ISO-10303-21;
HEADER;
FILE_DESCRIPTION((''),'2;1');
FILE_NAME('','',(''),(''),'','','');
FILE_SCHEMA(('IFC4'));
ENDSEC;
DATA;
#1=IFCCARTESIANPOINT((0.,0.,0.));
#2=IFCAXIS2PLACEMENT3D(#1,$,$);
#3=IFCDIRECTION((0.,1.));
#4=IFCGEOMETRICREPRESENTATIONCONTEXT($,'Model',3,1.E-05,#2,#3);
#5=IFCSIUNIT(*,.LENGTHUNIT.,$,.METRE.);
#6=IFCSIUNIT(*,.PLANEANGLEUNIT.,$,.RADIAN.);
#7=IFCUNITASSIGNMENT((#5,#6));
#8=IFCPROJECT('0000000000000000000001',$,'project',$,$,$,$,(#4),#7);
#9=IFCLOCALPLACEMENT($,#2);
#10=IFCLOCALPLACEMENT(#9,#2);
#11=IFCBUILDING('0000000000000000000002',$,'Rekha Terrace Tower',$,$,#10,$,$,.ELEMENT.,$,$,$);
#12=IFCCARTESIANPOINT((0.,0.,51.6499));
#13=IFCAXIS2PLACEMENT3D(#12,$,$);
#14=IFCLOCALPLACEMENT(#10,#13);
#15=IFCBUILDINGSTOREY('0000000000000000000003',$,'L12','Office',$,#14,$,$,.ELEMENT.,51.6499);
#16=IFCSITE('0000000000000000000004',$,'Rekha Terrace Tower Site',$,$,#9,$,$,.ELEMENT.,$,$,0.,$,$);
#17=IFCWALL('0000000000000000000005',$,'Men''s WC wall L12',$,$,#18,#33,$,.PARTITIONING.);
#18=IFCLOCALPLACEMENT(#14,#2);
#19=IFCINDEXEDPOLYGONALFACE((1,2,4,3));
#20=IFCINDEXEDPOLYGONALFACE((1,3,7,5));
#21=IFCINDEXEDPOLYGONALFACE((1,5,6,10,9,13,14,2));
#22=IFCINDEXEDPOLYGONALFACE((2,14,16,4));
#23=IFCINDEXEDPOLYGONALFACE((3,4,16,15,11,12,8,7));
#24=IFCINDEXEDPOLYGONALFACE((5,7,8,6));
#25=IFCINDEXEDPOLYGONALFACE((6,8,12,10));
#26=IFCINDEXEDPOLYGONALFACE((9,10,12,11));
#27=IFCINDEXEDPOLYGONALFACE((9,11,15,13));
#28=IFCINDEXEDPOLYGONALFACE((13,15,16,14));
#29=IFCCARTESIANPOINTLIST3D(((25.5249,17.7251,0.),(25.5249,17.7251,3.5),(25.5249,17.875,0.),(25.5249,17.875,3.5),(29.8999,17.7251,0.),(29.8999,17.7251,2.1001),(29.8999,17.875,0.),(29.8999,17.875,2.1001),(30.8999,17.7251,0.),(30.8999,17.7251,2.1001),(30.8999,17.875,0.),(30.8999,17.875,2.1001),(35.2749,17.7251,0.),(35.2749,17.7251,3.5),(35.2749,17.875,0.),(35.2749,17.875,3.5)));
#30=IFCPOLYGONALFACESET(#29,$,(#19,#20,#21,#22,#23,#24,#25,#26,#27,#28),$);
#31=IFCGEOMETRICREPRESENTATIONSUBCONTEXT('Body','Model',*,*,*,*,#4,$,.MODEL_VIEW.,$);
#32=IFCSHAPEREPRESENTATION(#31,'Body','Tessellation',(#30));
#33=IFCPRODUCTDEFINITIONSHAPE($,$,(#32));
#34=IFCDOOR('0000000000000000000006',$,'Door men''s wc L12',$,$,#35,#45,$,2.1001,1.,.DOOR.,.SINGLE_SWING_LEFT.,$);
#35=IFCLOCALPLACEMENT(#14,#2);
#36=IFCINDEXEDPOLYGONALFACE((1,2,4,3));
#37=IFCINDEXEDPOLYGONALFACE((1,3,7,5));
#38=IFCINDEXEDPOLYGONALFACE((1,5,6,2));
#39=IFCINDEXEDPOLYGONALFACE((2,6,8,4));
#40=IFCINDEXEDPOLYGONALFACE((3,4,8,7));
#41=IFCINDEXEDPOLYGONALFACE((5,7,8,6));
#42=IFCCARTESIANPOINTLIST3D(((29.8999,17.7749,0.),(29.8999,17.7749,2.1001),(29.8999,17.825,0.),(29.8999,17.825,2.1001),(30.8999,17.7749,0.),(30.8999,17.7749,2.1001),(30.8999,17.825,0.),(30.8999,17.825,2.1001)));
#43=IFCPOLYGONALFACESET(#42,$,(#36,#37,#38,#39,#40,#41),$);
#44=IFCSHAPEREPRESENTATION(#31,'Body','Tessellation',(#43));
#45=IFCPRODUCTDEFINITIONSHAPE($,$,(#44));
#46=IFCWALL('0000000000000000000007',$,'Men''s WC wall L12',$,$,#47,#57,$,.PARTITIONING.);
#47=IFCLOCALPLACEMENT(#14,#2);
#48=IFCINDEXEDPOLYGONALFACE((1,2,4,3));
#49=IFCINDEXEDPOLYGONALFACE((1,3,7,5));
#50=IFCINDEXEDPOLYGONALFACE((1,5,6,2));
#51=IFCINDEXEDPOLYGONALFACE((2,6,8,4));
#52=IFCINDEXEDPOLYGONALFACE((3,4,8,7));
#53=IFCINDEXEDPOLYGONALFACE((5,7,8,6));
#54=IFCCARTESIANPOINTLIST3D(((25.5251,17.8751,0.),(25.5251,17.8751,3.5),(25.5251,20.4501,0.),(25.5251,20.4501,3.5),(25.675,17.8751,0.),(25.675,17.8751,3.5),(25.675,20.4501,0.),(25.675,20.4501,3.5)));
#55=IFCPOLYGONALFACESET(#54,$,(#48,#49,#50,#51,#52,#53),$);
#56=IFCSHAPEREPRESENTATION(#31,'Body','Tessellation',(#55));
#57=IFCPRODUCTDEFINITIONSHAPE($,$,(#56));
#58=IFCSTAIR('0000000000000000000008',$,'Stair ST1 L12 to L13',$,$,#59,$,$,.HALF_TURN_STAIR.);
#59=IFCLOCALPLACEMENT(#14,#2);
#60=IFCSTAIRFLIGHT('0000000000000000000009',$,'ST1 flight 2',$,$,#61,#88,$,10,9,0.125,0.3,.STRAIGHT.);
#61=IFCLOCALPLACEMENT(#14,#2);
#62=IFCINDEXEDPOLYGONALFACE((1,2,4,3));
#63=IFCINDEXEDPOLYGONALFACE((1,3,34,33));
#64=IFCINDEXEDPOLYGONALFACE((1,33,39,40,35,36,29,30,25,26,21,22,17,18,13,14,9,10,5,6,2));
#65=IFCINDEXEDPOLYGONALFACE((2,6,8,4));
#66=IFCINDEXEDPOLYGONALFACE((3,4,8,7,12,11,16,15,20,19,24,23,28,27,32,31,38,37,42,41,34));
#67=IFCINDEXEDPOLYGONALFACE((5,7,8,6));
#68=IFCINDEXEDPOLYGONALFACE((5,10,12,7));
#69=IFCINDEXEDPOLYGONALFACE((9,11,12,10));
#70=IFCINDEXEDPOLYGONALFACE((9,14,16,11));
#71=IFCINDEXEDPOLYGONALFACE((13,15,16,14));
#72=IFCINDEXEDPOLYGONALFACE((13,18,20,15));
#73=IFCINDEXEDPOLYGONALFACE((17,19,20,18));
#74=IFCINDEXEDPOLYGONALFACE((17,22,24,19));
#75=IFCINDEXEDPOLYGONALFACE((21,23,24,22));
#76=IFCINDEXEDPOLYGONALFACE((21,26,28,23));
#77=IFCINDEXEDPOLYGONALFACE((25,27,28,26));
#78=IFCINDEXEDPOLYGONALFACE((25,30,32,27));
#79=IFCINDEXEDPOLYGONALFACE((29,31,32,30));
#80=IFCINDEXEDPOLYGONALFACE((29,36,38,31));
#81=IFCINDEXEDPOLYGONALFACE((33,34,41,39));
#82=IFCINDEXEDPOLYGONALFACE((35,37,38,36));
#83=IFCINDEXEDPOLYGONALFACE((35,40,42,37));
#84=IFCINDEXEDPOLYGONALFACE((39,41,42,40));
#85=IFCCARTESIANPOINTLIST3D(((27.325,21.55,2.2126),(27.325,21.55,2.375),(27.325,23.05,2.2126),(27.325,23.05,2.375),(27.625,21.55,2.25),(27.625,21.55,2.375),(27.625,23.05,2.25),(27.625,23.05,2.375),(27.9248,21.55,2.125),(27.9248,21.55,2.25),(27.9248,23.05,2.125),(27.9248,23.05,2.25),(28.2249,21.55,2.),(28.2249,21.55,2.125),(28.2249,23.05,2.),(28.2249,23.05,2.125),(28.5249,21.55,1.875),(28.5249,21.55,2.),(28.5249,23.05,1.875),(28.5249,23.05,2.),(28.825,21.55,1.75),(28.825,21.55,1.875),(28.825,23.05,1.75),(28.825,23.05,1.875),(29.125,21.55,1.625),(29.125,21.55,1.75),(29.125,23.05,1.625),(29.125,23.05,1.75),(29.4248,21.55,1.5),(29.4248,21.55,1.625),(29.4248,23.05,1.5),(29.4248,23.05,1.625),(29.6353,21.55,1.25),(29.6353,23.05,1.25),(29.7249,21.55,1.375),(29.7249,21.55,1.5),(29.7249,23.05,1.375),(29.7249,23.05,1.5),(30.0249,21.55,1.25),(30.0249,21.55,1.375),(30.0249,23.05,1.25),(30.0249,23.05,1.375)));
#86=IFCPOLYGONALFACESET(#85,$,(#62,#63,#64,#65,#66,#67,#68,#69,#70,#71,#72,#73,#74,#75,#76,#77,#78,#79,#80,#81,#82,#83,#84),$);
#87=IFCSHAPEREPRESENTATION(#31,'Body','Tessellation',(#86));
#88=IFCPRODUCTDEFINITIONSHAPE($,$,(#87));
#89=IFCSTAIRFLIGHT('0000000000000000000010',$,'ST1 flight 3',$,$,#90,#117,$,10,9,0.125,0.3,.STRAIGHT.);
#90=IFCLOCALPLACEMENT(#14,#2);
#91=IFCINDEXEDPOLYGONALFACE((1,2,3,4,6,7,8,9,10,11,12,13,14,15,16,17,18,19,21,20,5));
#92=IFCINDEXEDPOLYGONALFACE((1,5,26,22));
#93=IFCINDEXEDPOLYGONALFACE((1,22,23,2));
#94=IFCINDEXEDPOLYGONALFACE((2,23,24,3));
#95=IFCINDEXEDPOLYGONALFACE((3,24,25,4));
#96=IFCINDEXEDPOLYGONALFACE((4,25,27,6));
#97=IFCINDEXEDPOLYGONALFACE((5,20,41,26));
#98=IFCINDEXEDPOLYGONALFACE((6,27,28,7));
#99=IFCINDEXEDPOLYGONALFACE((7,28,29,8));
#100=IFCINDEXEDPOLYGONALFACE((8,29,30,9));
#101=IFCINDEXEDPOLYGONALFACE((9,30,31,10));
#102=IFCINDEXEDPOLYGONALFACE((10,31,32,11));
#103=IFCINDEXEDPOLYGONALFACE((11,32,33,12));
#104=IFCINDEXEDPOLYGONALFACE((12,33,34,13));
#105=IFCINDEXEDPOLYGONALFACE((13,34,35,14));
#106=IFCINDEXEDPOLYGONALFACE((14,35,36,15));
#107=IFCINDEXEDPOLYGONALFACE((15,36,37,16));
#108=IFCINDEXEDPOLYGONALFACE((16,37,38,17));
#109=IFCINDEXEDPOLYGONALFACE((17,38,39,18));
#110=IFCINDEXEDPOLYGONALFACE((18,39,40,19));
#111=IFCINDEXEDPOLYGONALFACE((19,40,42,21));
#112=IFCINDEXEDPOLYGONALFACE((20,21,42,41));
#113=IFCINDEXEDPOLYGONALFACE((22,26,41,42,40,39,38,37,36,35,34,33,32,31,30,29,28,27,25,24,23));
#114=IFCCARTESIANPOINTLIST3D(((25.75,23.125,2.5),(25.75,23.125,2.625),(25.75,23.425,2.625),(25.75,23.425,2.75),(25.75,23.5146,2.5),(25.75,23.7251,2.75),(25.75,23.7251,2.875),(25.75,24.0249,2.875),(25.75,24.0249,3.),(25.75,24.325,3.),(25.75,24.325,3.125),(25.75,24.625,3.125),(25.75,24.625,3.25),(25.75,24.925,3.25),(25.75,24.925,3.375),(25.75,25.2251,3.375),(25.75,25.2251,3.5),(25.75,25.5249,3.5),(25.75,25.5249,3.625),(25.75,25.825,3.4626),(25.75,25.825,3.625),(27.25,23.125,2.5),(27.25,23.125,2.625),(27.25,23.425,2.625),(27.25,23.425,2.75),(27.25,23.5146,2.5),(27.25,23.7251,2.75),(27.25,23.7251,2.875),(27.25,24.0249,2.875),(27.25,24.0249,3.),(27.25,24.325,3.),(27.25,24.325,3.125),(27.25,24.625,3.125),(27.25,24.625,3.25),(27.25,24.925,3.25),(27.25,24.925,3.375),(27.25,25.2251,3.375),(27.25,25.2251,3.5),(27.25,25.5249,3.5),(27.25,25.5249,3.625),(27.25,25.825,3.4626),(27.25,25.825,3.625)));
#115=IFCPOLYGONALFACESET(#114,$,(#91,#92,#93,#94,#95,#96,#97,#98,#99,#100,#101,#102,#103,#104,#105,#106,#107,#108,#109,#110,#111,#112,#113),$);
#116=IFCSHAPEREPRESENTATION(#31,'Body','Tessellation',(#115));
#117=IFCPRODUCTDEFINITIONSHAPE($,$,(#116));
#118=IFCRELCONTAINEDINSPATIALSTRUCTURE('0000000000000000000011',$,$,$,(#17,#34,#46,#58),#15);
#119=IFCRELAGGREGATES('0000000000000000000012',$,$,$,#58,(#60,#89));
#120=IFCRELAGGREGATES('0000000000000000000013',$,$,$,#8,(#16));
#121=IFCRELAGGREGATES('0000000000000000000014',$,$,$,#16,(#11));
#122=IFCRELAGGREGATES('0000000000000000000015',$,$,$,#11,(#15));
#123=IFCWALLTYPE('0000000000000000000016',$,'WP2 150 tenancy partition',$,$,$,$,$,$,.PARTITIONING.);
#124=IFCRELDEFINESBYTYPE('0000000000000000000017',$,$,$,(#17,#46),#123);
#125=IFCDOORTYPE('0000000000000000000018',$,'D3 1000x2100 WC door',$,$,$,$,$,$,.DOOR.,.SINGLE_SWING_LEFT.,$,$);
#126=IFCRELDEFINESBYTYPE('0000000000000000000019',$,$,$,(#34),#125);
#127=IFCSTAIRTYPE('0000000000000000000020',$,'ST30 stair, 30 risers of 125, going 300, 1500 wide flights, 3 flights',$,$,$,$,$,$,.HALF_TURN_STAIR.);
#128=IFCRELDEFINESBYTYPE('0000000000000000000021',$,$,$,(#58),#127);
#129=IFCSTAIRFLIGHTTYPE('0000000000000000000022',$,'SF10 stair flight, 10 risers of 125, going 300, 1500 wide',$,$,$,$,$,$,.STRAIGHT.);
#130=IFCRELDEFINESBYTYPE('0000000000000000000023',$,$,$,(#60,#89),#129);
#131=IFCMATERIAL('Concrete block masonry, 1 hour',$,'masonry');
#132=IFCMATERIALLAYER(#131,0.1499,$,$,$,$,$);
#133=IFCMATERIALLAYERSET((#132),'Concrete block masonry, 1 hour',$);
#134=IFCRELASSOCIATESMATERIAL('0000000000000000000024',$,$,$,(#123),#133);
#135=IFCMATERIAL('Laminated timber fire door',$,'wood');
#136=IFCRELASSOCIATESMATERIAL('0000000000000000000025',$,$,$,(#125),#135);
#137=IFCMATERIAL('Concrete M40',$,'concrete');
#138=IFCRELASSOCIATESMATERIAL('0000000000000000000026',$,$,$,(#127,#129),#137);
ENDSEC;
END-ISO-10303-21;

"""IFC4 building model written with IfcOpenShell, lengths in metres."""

from ifc_helpers import new_model, si_unit, direction, frame, frame_2d, origin, place, context, subcontext, project, spatial, polyline, rectangle, outline, extrude, material, layer, layer_set, type_object, element, fill, aggregate, save


model = new_model("IFC4")

# Units and contexts
model_context = context("Model", 3, precision=1e-05, world=origin(), true_north=direction((0.0, 1.0)))
body_context = subcontext(model_context, "Body", "Model", "MODEL_VIEW")
ifc_project = project(units=[si_unit("LENGTHUNIT", "METRE"), si_unit("PLANEANGLEUNIT", "RADIAN")], contexts=[model_context])

# Site, building, storey
site_placement = place(None, origin())
site = spatial("IfcSite", under=ifc_project, at=site_placement, Name="Rekha Terrace Tower Site", CompositionType="ELEMENT", RefElevation=0.0)
building_placement = place(site_placement, origin())
building = spatial("IfcBuilding", under=site, at=building_placement, Name="Rekha Terrace Tower", CompositionType="ELEMENT")
storey_placement = place(building_placement, frame((0.0, 0.0, 51.6499)))
storey = spatial("IfcBuildingStorey", under=building, at=storey_placement, Name="L12", Description="Office", CompositionType="ELEMENT", Elevation=51.6499)

# Wall, opening, door
ifc_material_1 = material(Name="Concrete block masonry, 1 hour", Category="masonry")
ifc_layer_1 = layer(ifc_material_1, 0.1499)
ifc_layer_set_1 = layer_set([ifc_layer_1], Name="Concrete block masonry, 1 hour")
wall_type_1 = type_object("IfcWallType", Name="WP2 150 tenancy partition", PredefinedType="PARTITIONING", material=ifc_layer_set_1)
wall_1_placement = place(storey_placement, frame((25.5249, 17.8, 0.0), z_axis=(0.0, 0.0, 1.0), x_axis=(1.0, 0.0, 0.0)))
wall_1 = element("IfcWall", 1, at=wall_1_placement, inside=storey, type_object=wall_type_1, Name="Men's WC wall L12", PredefinedType="PARTITIONING", context=body_context, shape_type="SweptSolid", body=[
    extrude(rectangle(XDim=9.75, YDim=0.1499, at=frame_2d((4.875, 0.0))), origin(), (0.0, 0.0, 1.0), 3.5),
])
opening_1_placement = place(wall_1_placement, frame((4.375, 0.0, 0.0)))
opening_1 = element("IfcOpeningElement", 2, at=opening_1_placement, cuts=wall_1, PredefinedType="OPENING", context=body_context, shape_type="SweptSolid", body=[
    extrude(rectangle(XDim=1.0, YDim=2.1001, at=frame_2d((0.5, 1.05))), frame((0.0, 0.085, 0.0), z_axis=(0.0, -1.0, 0.0), x_axis=(1.0, 0.0, 0.0)), (0.0, 0.0, 1.0), 0.1699),
])
ifc_material_2 = material(Name="Laminated timber fire door", Category="wood")
door_type_1 = type_object("IfcDoorType", Name="D3 1000x2100 WC door", OperationType="SINGLE_SWING_LEFT", PredefinedType="DOOR", material=ifc_material_2)
door_1_placement = place(opening_1_placement, origin())
door_1 = element("IfcDoor", 3, at=door_1_placement, inside=storey, type_object=door_type_1, Name="Door men's wc L12", OperationType="SINGLE_SWING_LEFT", OverallHeight=2.1001, OverallWidth=1.0, PredefinedType="DOOR", context=body_context, shape_type="SweptSolid", body=[
    extrude(rectangle(XDim=1.0, YDim=2.1001, at=frame_2d((0.5, 1.05))), frame((0.0, 0.0249, 0.0), z_axis=(0.0, -1.0, 0.0), x_axis=(1.0, 0.0, 0.0)), (0.0, 0.0, 1.0), 0.05),
])
fill(opening_1, door_1)

# Wall
wall_2_placement = place(storey_placement, frame((25.6001, 17.875, 0.0), z_axis=(0.0, 0.0, 1.0), x_axis=(0.0, 1.0, 0.0)))
element("IfcWall", 4, at=wall_2_placement, inside=storey, type_object=wall_type_1, Name="Men's WC wall L12", PredefinedType="PARTITIONING", context=body_context, shape_type="SweptSolid", body=[
    extrude(rectangle(XDim=2.575, YDim=0.1499, at=frame_2d((1.2876, 0.0))), origin(), (0.0, 0.0, 1.0), 3.5),
])

# Stair, stair flights
ifc_material_3 = material(Name="Concrete M40", Category="concrete")
stair_type = type_object("IfcStairType", Name="ST30 stair, 30 risers of 125, going 300, 1500 wide flights, 3 flights", PredefinedType="HALF_TURN_STAIR", material=ifc_material_3)
stair_placement = place(storey_placement, origin())
stair = element("IfcStair", 5, at=stair_placement, inside=storey, type_object=stair_type, Name="Stair ST1 L12 to L13", PredefinedType="HALF_TURN_STAIR")
stair_flight_type = type_object("IfcStairFlightType", Name="SF10 stair flight, 10 risers of 125, going 300, 1500 wide", PredefinedType="STRAIGHT", material=ifc_material_3)
stair_flight_1_placement = place(storey_placement, frame((30.0249, 22.3, 1.25), z_axis=(0.0, 0.0, 1.0), x_axis=(-1.0, 0.0, 0.0)))
stair_flight_1 = element("IfcStairFlight", 6, at=stair_flight_1_placement, type_object=stair_flight_type, Name="ST1 flight 2", NumberOfRisers=10, NumberOfTreads=9, PredefinedType="STRAIGHT", RiserHeight=0.125, TreadLength=0.3, context=body_context, shape_type="SweptSolid", body=[
    extrude(outline(polyline([(0.0, 0.0), (0.0, 0.125), (0.3, 0.125), (0.3, 0.25), (0.6001, 0.25), (0.6001, 0.375), (0.8999, 0.375), (0.8999, 0.5), (1.2, 0.5), (1.2, 0.625), (1.5, 0.625), (1.5, 0.75), (1.8, 0.75), (1.8, 0.875), (2.1001, 0.875), (2.1001, 1.0), (2.3999, 1.0), (2.3999, 1.125), (2.7, 1.125), (2.7, 1.25), (2.7, 0.9626), (0.3896, 0.0), (0.0, 0.0)])), frame((0.0, 0.75, 0.0), z_axis=(0.0, -1.0, 0.0), x_axis=(1.0, 0.0, 0.0)), (0.0, 0.0, 1.0), 1.5),
])
stair_flight_2_placement = place(storey_placement, frame((26.5, 23.125, 2.5), z_axis=(0.0, 0.0, 1.0), x_axis=(0.0, 1.0, 0.0)))
stair_flight_2 = element("IfcStairFlight", 7, at=stair_flight_2_placement, type_object=stair_flight_type, Name="ST1 flight 3", NumberOfRisers=10, NumberOfTreads=9, PredefinedType="STRAIGHT", RiserHeight=0.125, TreadLength=0.3, context=body_context, shape_type="SweptSolid", body=[
    extrude(outline(polyline([(0.0, 0.0), (0.0, 0.125), (0.3, 0.125), (0.3, 0.25), (0.6001, 0.25), (0.6001, 0.375), (0.8999, 0.375), (0.8999, 0.5), (1.2, 0.5), (1.2, 0.625), (1.5, 0.625), (1.5, 0.75), (1.8, 0.75), (1.8, 0.875), (2.1001, 0.875), (2.1001, 1.0), (2.3999, 1.0), (2.3999, 1.125), (2.7, 1.125), (2.7, 1.25), (2.7, 0.9626), (0.3896, 0.0), (0.0, 0.0)])), frame((0.0, 0.75, 0.0), z_axis=(0.0, -1.0, 0.0), x_axis=(1.0, 0.0, 0.0)), (0.0, 0.0, 1.0), 1.5),
])
aggregate(stair, [stair_flight_1, stair_flight_2])

save(model, "model.ifc")
